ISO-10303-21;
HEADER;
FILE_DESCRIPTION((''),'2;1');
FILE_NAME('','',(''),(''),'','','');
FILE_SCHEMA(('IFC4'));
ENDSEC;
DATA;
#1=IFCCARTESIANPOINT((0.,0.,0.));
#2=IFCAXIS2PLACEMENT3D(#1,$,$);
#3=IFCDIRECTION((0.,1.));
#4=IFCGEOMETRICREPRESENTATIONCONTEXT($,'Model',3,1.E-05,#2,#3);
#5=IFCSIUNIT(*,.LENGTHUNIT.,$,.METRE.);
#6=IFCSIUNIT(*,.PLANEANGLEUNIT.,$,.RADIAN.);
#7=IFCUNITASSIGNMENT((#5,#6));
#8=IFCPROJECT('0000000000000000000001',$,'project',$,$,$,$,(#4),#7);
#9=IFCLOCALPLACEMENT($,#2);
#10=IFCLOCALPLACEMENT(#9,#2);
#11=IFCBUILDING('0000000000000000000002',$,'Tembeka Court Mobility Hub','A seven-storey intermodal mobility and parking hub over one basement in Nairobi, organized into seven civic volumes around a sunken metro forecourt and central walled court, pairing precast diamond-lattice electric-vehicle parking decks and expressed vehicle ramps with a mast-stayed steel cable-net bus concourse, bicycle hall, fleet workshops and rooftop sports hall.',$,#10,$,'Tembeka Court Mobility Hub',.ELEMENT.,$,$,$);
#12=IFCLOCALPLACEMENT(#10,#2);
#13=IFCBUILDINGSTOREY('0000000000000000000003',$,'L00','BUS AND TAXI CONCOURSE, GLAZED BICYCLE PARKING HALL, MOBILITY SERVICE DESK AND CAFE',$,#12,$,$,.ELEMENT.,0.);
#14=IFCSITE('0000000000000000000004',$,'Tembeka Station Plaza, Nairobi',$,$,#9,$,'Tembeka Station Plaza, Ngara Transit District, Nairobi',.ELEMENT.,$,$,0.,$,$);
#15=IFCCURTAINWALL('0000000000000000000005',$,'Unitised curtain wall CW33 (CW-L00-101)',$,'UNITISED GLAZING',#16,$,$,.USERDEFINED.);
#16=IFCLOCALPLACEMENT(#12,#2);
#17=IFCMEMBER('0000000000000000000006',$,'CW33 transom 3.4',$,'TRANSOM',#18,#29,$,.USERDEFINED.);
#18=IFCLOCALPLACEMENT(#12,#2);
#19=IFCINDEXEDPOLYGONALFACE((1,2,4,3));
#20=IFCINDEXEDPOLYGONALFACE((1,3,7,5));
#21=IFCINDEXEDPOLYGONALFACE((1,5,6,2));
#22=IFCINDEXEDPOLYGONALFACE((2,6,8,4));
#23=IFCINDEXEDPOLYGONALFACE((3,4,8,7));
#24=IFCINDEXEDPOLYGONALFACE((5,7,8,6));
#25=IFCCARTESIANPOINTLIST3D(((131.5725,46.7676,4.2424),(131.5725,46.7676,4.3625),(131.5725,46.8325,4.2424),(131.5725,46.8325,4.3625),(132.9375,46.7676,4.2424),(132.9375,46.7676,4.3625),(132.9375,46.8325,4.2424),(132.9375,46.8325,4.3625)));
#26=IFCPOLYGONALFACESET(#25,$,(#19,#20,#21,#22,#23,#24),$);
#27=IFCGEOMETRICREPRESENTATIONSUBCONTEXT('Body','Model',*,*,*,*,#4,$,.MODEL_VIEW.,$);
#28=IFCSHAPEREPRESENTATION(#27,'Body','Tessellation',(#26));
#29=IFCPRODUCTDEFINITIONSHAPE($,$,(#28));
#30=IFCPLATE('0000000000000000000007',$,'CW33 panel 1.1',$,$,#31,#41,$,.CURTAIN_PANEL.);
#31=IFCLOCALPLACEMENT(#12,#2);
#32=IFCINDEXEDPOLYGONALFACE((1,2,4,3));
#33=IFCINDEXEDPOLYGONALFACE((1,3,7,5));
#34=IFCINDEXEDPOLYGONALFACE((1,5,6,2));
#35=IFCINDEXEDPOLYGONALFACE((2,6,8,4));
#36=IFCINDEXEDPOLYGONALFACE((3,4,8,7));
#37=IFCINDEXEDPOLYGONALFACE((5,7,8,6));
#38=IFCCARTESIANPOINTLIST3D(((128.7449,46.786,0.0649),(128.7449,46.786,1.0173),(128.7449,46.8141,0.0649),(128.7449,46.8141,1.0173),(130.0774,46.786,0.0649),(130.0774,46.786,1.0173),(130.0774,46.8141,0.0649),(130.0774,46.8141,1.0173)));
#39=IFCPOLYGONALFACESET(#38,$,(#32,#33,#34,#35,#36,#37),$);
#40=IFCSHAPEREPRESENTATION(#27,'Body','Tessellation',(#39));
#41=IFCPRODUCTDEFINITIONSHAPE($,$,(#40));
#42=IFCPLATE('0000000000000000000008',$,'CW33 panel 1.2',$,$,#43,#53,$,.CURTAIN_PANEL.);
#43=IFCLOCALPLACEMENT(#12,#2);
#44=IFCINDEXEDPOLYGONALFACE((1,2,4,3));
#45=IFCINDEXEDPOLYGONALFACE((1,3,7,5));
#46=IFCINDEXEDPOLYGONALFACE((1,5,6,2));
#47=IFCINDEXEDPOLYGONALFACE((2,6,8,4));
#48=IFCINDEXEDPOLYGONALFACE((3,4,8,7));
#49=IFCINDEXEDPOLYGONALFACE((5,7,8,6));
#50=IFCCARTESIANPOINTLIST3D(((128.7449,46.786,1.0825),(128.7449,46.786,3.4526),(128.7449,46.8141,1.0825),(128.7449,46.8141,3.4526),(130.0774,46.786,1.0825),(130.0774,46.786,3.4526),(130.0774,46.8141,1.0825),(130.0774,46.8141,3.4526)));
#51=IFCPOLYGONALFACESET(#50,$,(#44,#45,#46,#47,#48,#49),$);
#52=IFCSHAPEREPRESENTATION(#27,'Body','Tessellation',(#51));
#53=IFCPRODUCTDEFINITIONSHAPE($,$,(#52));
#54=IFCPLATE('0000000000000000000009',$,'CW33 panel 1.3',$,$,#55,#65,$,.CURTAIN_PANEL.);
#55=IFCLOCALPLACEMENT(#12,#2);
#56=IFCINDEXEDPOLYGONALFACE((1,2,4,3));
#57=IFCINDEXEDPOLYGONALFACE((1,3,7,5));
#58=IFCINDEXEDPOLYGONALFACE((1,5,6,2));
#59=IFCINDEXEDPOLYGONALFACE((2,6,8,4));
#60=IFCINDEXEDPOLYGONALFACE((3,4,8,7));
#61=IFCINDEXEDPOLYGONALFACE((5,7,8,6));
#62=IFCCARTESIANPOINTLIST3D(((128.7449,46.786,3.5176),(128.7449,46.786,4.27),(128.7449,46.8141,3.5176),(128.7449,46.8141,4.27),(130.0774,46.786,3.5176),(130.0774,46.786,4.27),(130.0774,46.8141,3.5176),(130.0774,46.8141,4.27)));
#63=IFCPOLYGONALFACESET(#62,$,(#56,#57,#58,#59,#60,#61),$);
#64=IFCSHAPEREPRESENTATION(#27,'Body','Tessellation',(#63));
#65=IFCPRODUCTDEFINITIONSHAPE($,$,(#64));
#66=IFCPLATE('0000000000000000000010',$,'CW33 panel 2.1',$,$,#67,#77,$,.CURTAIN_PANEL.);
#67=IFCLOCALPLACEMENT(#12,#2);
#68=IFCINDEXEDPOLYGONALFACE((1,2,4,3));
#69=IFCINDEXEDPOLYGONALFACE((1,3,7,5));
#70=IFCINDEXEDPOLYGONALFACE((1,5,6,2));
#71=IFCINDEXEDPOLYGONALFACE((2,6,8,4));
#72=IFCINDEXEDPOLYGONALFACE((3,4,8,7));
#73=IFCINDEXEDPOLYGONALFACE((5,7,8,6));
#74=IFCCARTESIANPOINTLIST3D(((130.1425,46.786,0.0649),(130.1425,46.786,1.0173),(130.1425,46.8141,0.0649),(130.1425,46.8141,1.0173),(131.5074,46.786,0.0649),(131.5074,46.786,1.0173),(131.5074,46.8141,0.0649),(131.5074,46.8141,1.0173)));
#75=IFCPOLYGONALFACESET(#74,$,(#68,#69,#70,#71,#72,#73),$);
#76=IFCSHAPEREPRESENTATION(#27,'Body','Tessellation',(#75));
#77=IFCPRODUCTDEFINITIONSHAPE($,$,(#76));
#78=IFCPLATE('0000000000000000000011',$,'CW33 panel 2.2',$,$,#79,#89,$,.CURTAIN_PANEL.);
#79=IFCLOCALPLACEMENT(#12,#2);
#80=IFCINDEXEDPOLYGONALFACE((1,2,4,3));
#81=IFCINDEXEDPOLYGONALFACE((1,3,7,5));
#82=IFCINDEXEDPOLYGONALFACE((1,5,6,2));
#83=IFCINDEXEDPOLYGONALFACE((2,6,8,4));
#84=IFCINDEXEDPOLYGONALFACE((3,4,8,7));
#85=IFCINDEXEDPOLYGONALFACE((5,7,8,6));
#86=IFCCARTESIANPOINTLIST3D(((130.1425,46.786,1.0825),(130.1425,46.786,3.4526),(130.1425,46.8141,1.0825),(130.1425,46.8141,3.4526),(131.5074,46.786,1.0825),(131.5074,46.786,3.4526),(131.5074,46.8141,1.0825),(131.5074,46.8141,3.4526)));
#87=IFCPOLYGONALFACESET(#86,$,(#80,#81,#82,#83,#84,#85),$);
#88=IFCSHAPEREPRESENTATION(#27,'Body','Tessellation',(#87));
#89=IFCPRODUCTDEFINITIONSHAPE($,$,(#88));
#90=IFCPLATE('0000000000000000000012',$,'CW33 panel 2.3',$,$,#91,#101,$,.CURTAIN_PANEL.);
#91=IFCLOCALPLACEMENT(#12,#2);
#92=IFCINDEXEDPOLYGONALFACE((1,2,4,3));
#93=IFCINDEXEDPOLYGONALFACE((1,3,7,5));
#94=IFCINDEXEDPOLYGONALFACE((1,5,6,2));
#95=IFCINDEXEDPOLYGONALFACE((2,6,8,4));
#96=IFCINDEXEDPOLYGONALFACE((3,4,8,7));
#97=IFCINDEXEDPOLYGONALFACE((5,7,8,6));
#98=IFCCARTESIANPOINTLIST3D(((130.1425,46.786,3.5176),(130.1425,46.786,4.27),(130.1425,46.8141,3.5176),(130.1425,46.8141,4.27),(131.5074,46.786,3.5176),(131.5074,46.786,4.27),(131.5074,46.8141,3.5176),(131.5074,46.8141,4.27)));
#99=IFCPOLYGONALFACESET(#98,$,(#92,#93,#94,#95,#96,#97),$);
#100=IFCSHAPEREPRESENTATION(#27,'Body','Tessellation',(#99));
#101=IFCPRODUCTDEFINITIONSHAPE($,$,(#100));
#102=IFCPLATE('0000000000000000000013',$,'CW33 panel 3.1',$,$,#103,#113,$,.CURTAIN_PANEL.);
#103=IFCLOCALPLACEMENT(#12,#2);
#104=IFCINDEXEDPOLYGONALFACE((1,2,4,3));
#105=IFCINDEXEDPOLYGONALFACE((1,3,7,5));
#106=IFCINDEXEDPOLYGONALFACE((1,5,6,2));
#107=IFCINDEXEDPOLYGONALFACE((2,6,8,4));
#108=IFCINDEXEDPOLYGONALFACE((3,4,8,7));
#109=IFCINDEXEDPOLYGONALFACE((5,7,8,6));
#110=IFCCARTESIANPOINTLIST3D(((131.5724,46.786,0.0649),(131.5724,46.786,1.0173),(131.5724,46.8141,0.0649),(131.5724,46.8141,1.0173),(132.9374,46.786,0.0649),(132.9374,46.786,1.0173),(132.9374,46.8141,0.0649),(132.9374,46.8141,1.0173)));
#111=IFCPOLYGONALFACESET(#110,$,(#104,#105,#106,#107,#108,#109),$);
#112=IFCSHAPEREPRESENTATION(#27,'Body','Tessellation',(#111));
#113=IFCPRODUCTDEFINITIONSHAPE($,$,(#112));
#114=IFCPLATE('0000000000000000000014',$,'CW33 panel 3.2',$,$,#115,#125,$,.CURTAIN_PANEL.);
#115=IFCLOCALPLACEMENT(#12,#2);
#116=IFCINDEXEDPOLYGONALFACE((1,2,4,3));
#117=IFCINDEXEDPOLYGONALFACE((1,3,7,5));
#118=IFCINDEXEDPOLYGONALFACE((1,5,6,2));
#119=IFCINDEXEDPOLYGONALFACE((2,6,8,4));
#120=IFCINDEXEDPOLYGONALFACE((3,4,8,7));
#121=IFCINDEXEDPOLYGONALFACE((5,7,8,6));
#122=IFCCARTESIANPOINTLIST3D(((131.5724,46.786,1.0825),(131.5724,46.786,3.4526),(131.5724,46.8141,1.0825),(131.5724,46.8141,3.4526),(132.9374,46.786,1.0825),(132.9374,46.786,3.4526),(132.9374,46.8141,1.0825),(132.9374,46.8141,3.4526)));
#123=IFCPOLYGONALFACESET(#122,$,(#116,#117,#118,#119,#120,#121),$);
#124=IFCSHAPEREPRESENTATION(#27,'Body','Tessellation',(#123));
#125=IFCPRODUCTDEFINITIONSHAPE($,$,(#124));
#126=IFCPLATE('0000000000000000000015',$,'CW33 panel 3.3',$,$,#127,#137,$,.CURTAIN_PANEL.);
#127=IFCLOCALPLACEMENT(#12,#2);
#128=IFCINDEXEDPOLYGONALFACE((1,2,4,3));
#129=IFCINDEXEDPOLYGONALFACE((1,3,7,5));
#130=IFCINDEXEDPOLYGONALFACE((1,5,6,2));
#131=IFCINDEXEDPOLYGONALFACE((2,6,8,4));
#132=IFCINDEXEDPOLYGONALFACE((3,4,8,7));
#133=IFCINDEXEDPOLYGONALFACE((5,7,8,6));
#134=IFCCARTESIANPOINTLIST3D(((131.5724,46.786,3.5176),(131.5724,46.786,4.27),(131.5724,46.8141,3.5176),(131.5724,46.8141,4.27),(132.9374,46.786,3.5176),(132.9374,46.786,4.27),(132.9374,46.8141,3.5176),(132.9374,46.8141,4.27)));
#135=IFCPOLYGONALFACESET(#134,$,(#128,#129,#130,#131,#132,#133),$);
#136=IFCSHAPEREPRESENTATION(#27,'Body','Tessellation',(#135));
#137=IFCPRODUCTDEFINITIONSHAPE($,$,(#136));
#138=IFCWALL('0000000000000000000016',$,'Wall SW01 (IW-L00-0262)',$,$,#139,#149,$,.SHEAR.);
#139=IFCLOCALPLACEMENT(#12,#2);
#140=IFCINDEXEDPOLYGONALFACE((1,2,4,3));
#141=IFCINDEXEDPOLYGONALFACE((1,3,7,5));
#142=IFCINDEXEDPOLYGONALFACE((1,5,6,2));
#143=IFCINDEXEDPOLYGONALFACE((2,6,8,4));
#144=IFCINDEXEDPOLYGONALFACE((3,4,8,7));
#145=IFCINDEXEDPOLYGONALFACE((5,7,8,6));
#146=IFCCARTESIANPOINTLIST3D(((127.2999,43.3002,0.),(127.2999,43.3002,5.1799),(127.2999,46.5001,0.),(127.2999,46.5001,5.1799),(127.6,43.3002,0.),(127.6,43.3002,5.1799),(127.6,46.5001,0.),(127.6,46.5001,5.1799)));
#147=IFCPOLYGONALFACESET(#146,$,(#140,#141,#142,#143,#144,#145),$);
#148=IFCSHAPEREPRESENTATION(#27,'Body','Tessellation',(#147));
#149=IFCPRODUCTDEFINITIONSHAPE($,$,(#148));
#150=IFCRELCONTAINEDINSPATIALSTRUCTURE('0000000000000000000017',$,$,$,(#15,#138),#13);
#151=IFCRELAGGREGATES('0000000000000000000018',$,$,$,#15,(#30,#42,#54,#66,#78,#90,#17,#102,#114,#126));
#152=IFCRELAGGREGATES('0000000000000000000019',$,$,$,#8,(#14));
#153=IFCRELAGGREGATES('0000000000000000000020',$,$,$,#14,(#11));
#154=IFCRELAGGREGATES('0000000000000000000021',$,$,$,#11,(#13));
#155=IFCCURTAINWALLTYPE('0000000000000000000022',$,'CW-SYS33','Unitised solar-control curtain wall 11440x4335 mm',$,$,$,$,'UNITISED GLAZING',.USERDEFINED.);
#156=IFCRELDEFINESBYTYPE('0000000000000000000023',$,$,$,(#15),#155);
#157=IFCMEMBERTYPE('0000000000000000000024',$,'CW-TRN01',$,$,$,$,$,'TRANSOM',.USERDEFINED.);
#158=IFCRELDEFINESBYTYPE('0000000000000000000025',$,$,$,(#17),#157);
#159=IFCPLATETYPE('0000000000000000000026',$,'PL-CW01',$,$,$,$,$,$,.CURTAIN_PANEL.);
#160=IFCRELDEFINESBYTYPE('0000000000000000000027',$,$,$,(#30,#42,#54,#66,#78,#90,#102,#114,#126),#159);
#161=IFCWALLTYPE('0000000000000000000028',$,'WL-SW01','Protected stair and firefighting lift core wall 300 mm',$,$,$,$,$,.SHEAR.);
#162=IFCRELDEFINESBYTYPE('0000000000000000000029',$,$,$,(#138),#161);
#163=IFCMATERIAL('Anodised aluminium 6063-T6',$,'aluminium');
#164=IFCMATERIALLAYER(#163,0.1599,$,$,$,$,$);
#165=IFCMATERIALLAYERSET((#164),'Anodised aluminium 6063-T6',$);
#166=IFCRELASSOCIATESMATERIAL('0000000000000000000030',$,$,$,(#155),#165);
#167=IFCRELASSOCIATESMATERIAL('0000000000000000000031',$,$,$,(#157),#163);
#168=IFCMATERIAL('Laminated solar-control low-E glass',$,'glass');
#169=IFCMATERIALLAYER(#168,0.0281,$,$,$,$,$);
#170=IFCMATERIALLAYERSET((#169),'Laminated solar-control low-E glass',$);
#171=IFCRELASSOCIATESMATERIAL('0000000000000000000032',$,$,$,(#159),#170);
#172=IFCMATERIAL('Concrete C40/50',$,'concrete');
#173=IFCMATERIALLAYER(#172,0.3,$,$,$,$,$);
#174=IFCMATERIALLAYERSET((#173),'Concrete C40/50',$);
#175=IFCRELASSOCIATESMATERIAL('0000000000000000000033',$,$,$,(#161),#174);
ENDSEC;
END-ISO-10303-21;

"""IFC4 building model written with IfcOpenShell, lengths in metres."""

from ifc_helpers import new_model, si_unit, direction, frame, frame_2d, origin, origin_2d, place, context, subcontext, project, spatial, rectangle, extrude, material, layer, layer_set, material_profile, profile_set, type_object, element, aggregate, save


model = new_model("IFC4")

# Units and contexts
model_context = context("Model", 3, precision=1e-05, world=origin(), true_north=direction((0.0, 1.0)))
body_context = subcontext(model_context, "Body", "Model", "MODEL_VIEW")
ifc_project = project(units=[si_unit("LENGTHUNIT", "METRE"), si_unit("PLANEANGLEUNIT", "RADIAN")], contexts=[model_context])

# Site, building, storey
site_placement = place(None, origin())
site = spatial("IfcSite", under=ifc_project, at=site_placement, Name="Tembeka Station Plaza, Nairobi", LongName="Tembeka Station Plaza, Ngara Transit District, Nairobi", CompositionType="ELEMENT", RefElevation=0.0)
building_placement = place(site_placement, origin())
building = spatial("IfcBuilding", under=site, at=building_placement, Name="Tembeka Court Mobility Hub", Description="A seven-storey intermodal mobility and parking hub over one basement in Nairobi, organized into seven civic volumes around a sunken metro forecourt and central walled court, pairing precast diamond-lattice electric-vehicle parking decks and expressed vehicle ramps with a mast-stayed steel cable-net bus concourse, bicycle hall, fleet workshops and rooftop sports hall.", LongName="Tembeka Court Mobility Hub", CompositionType="ELEMENT")
storey_placement = place(building_placement, origin())
storey = spatial("IfcBuildingStorey", under=building, at=storey_placement, Name="L00", Description="BUS AND TAXI CONCOURSE, GLAZED BICYCLE PARKING HALL, MOBILITY SERVICE DESK AND CAFE", CompositionType="ELEMENT", Elevation=0.0)

# Curtain wall, member, plates
ifc_material_1 = material(Name="Anodised aluminium 6063-T6", Category="aluminium")
ifc_layer_1 = layer(ifc_material_1, 0.1599)
ifc_layer_set_1 = layer_set([ifc_layer_1], Name="Anodised aluminium 6063-T6")
curtain_wall_type = type_object("IfcCurtainWallType", Name="CW-SYS33", Description="Unitised solar-control curtain wall 11440x4335 mm", ElementType="UNITISED GLAZING", PredefinedType="USERDEFINED", material=ifc_layer_set_1)
curtain_wall_placement = place(storey_placement, origin())
curtain_wall = element("IfcCurtainWall", 1, at=curtain_wall_placement, inside=storey, type_object=curtain_wall_type, Name="Unitised curtain wall CW33 (CW-L00-101)", ObjectType="UNITISED GLAZING", PredefinedType="USERDEFINED")
ifc_material_profile_1 = material_profile(ifc_material_1, rectangle(XDim=0.0649, YDim=0.1201, at=origin_2d()), Name="ALU-TRN 65x120")
ifc_profile_set_1 = profile_set([ifc_material_profile_1], Name="Anodised aluminium 6063-T6")
member_type_1 = type_object("IfcMemberType", Name="CW-TRN01", ElementType="TRANSOM", PredefinedType="USERDEFINED", material=ifc_profile_set_1)
member_1_placement = place(storey_placement, frame((131.5725, 46.8, 4.3025), z_axis=(1.0, 0.0, 0.0), x_axis=(0.0, 1.0, 0.0)))
member_1 = element("IfcMember", 2, at=member_1_placement, type_object=member_type_1, Name="CW33 transom 3.4", ObjectType="TRANSOM", PredefinedType="USERDEFINED", context=body_context, shape_type="SweptSolid", body=[
    extrude(rectangle(XDim=0.0649, YDim=0.1201, at=origin_2d()), origin(), (0.0, 0.0, 1.0), 1.365),
])
ifc_material_2 = material(Name="Laminated solar-control low-E glass", Category="glass")
ifc_layer_2 = layer(ifc_material_2, 0.0281)
ifc_layer_set_2 = layer_set([ifc_layer_2], Name="Laminated solar-control low-E glass")
plate_type = type_object("IfcPlateType", Name="PL-CW01", PredefinedType="CURTAIN_PANEL", material=ifc_layer_set_2)
plate_1_placement = place(storey_placement, frame((129.4111, 46.8, 0.0649), z_axis=(0.0, 0.0, 1.0), x_axis=(1.0, 0.0, 0.0)))
plate_1 = element("IfcPlate", 3, at=plate_1_placement, type_object=plate_type, Name="CW33 panel 1.1", PredefinedType="CURTAIN_PANEL", context=body_context, shape_type="SweptSolid", body=[
    extrude(rectangle(XDim=1.3325, YDim=0.0281, at=origin_2d()), origin(), (0.0, 0.0, 1.0), 0.9524),
])
plate_2_placement = place(storey_placement, frame((129.4111, 46.8, 1.0825), z_axis=(0.0, 0.0, 1.0), x_axis=(1.0, 0.0, 0.0)))
plate_2 = element("IfcPlate", 4, at=plate_2_placement, type_object=plate_type, Name="CW33 panel 1.2", PredefinedType="CURTAIN_PANEL", context=body_context, shape_type="SweptSolid", body=[
    extrude(rectangle(XDim=1.3325, YDim=0.0281, at=origin_2d()), origin(), (0.0, 0.0, 1.0), 2.3701),
])
plate_3_placement = place(storey_placement, frame((129.4111, 46.8, 3.5176), z_axis=(0.0, 0.0, 1.0), x_axis=(1.0, 0.0, 0.0)))
plate_3 = element("IfcPlate", 5, at=plate_3_placement, type_object=plate_type, Name="CW33 panel 1.3", PredefinedType="CURTAIN_PANEL", context=body_context, shape_type="SweptSolid", body=[
    extrude(rectangle(XDim=1.3325, YDim=0.0281, at=origin_2d()), origin(), (0.0, 0.0, 1.0), 0.7524),
])
plate_4_placement = place(storey_placement, frame((130.825, 46.8, 0.0649), z_axis=(0.0, 0.0, 1.0), x_axis=(1.0, 0.0, 0.0)))
plate_4 = element("IfcPlate", 6, at=plate_4_placement, type_object=plate_type, Name="CW33 panel 2.1", PredefinedType="CURTAIN_PANEL", context=body_context, shape_type="SweptSolid", body=[
    extrude(rectangle(XDim=1.365, YDim=0.0281, at=origin_2d()), origin(), (0.0, 0.0, 1.0), 0.9524),
])
plate_5_placement = place(storey_placement, frame((130.825, 46.8, 1.0825), z_axis=(0.0, 0.0, 1.0), x_axis=(1.0, 0.0, 0.0)))
plate_5 = element("IfcPlate", 7, at=plate_5_placement, type_object=plate_type, Name="CW33 panel 2.2", PredefinedType="CURTAIN_PANEL", context=body_context, shape_type="SweptSolid", body=[
    extrude(rectangle(XDim=1.365, YDim=0.0281, at=origin_2d()), origin(), (0.0, 0.0, 1.0), 2.3701),
])
plate_6_placement = place(storey_placement, frame((130.825, 46.8, 3.5176), z_axis=(0.0, 0.0, 1.0), x_axis=(1.0, 0.0, 0.0)))
plate_6 = element("IfcPlate", 8, at=plate_6_placement, type_object=plate_type, Name="CW33 panel 2.3", PredefinedType="CURTAIN_PANEL", context=body_context, shape_type="SweptSolid", body=[
    extrude(rectangle(XDim=1.365, YDim=0.0281, at=origin_2d()), origin(), (0.0, 0.0, 1.0), 0.7524),
])
plate_7_placement = place(storey_placement, frame((132.2549, 46.8, 0.0649), z_axis=(0.0, 0.0, 1.0), x_axis=(1.0, 0.0, 0.0)))
plate_7 = element("IfcPlate", 9, at=plate_7_placement, type_object=plate_type, Name="CW33 panel 3.1", PredefinedType="CURTAIN_PANEL", context=body_context, shape_type="SweptSolid", body=[
    extrude(rectangle(XDim=1.365, YDim=0.0281, at=origin_2d()), origin(), (0.0, 0.0, 1.0), 0.9524),
])
plate_8_placement = place(storey_placement, frame((132.2549, 46.8, 1.0825), z_axis=(0.0, 0.0, 1.0), x_axis=(1.0, 0.0, 0.0)))
plate_8 = element("IfcPlate", 10, at=plate_8_placement, type_object=plate_type, Name="CW33 panel 3.2", PredefinedType="CURTAIN_PANEL", context=body_context, shape_type="SweptSolid", body=[
    extrude(rectangle(XDim=1.365, YDim=0.0281, at=origin_2d()), origin(), (0.0, 0.0, 1.0), 2.3701),
])
plate_9_placement = place(storey_placement, frame((132.2549, 46.8, 3.5176), z_axis=(0.0, 0.0, 1.0), x_axis=(1.0, 0.0, 0.0)))
plate_9 = element("IfcPlate", 11, at=plate_9_placement, type_object=plate_type, Name="CW33 panel 3.3", PredefinedType="CURTAIN_PANEL", context=body_context, shape_type="SweptSolid", body=[
    extrude(rectangle(XDim=1.365, YDim=0.0281, at=origin_2d()), origin(), (0.0, 0.0, 1.0), 0.7524),
])
aggregate(curtain_wall, [plate_1, plate_2, plate_3, plate_4, plate_5, plate_6, member_1, plate_7, plate_8, plate_9])

# Wall
ifc_material_3 = material(Name="Concrete C40/50", Category="concrete")
ifc_layer_3 = layer(ifc_material_3, 0.3)
ifc_layer_set_3 = layer_set([ifc_layer_3], Name="Concrete C40/50")
wall_type = type_object("IfcWallType", Name="WL-SW01", Description="Protected stair and firefighting lift core wall 300 mm", PredefinedType="SHEAR", material=ifc_layer_set_3)
wall_placement = place(storey_placement, frame((127.45, 43.3, 0.0), z_axis=(0.0, 0.0, 1.0), x_axis=(0.0, 1.0, 0.0)))
element("IfcWall", 12, at=wall_placement, inside=storey, type_object=wall_type, Name="Wall SW01 (IW-L00-0262)", PredefinedType="SHEAR", context=body_context, shape_type="SweptSolid", body=[
    extrude(rectangle(XDim=3.2, YDim=0.3, at=frame_2d((1.6001, 0.0))), origin(), (0.0, 0.0, 1.0), 5.1799),
])

save(model, "model.ifc")
